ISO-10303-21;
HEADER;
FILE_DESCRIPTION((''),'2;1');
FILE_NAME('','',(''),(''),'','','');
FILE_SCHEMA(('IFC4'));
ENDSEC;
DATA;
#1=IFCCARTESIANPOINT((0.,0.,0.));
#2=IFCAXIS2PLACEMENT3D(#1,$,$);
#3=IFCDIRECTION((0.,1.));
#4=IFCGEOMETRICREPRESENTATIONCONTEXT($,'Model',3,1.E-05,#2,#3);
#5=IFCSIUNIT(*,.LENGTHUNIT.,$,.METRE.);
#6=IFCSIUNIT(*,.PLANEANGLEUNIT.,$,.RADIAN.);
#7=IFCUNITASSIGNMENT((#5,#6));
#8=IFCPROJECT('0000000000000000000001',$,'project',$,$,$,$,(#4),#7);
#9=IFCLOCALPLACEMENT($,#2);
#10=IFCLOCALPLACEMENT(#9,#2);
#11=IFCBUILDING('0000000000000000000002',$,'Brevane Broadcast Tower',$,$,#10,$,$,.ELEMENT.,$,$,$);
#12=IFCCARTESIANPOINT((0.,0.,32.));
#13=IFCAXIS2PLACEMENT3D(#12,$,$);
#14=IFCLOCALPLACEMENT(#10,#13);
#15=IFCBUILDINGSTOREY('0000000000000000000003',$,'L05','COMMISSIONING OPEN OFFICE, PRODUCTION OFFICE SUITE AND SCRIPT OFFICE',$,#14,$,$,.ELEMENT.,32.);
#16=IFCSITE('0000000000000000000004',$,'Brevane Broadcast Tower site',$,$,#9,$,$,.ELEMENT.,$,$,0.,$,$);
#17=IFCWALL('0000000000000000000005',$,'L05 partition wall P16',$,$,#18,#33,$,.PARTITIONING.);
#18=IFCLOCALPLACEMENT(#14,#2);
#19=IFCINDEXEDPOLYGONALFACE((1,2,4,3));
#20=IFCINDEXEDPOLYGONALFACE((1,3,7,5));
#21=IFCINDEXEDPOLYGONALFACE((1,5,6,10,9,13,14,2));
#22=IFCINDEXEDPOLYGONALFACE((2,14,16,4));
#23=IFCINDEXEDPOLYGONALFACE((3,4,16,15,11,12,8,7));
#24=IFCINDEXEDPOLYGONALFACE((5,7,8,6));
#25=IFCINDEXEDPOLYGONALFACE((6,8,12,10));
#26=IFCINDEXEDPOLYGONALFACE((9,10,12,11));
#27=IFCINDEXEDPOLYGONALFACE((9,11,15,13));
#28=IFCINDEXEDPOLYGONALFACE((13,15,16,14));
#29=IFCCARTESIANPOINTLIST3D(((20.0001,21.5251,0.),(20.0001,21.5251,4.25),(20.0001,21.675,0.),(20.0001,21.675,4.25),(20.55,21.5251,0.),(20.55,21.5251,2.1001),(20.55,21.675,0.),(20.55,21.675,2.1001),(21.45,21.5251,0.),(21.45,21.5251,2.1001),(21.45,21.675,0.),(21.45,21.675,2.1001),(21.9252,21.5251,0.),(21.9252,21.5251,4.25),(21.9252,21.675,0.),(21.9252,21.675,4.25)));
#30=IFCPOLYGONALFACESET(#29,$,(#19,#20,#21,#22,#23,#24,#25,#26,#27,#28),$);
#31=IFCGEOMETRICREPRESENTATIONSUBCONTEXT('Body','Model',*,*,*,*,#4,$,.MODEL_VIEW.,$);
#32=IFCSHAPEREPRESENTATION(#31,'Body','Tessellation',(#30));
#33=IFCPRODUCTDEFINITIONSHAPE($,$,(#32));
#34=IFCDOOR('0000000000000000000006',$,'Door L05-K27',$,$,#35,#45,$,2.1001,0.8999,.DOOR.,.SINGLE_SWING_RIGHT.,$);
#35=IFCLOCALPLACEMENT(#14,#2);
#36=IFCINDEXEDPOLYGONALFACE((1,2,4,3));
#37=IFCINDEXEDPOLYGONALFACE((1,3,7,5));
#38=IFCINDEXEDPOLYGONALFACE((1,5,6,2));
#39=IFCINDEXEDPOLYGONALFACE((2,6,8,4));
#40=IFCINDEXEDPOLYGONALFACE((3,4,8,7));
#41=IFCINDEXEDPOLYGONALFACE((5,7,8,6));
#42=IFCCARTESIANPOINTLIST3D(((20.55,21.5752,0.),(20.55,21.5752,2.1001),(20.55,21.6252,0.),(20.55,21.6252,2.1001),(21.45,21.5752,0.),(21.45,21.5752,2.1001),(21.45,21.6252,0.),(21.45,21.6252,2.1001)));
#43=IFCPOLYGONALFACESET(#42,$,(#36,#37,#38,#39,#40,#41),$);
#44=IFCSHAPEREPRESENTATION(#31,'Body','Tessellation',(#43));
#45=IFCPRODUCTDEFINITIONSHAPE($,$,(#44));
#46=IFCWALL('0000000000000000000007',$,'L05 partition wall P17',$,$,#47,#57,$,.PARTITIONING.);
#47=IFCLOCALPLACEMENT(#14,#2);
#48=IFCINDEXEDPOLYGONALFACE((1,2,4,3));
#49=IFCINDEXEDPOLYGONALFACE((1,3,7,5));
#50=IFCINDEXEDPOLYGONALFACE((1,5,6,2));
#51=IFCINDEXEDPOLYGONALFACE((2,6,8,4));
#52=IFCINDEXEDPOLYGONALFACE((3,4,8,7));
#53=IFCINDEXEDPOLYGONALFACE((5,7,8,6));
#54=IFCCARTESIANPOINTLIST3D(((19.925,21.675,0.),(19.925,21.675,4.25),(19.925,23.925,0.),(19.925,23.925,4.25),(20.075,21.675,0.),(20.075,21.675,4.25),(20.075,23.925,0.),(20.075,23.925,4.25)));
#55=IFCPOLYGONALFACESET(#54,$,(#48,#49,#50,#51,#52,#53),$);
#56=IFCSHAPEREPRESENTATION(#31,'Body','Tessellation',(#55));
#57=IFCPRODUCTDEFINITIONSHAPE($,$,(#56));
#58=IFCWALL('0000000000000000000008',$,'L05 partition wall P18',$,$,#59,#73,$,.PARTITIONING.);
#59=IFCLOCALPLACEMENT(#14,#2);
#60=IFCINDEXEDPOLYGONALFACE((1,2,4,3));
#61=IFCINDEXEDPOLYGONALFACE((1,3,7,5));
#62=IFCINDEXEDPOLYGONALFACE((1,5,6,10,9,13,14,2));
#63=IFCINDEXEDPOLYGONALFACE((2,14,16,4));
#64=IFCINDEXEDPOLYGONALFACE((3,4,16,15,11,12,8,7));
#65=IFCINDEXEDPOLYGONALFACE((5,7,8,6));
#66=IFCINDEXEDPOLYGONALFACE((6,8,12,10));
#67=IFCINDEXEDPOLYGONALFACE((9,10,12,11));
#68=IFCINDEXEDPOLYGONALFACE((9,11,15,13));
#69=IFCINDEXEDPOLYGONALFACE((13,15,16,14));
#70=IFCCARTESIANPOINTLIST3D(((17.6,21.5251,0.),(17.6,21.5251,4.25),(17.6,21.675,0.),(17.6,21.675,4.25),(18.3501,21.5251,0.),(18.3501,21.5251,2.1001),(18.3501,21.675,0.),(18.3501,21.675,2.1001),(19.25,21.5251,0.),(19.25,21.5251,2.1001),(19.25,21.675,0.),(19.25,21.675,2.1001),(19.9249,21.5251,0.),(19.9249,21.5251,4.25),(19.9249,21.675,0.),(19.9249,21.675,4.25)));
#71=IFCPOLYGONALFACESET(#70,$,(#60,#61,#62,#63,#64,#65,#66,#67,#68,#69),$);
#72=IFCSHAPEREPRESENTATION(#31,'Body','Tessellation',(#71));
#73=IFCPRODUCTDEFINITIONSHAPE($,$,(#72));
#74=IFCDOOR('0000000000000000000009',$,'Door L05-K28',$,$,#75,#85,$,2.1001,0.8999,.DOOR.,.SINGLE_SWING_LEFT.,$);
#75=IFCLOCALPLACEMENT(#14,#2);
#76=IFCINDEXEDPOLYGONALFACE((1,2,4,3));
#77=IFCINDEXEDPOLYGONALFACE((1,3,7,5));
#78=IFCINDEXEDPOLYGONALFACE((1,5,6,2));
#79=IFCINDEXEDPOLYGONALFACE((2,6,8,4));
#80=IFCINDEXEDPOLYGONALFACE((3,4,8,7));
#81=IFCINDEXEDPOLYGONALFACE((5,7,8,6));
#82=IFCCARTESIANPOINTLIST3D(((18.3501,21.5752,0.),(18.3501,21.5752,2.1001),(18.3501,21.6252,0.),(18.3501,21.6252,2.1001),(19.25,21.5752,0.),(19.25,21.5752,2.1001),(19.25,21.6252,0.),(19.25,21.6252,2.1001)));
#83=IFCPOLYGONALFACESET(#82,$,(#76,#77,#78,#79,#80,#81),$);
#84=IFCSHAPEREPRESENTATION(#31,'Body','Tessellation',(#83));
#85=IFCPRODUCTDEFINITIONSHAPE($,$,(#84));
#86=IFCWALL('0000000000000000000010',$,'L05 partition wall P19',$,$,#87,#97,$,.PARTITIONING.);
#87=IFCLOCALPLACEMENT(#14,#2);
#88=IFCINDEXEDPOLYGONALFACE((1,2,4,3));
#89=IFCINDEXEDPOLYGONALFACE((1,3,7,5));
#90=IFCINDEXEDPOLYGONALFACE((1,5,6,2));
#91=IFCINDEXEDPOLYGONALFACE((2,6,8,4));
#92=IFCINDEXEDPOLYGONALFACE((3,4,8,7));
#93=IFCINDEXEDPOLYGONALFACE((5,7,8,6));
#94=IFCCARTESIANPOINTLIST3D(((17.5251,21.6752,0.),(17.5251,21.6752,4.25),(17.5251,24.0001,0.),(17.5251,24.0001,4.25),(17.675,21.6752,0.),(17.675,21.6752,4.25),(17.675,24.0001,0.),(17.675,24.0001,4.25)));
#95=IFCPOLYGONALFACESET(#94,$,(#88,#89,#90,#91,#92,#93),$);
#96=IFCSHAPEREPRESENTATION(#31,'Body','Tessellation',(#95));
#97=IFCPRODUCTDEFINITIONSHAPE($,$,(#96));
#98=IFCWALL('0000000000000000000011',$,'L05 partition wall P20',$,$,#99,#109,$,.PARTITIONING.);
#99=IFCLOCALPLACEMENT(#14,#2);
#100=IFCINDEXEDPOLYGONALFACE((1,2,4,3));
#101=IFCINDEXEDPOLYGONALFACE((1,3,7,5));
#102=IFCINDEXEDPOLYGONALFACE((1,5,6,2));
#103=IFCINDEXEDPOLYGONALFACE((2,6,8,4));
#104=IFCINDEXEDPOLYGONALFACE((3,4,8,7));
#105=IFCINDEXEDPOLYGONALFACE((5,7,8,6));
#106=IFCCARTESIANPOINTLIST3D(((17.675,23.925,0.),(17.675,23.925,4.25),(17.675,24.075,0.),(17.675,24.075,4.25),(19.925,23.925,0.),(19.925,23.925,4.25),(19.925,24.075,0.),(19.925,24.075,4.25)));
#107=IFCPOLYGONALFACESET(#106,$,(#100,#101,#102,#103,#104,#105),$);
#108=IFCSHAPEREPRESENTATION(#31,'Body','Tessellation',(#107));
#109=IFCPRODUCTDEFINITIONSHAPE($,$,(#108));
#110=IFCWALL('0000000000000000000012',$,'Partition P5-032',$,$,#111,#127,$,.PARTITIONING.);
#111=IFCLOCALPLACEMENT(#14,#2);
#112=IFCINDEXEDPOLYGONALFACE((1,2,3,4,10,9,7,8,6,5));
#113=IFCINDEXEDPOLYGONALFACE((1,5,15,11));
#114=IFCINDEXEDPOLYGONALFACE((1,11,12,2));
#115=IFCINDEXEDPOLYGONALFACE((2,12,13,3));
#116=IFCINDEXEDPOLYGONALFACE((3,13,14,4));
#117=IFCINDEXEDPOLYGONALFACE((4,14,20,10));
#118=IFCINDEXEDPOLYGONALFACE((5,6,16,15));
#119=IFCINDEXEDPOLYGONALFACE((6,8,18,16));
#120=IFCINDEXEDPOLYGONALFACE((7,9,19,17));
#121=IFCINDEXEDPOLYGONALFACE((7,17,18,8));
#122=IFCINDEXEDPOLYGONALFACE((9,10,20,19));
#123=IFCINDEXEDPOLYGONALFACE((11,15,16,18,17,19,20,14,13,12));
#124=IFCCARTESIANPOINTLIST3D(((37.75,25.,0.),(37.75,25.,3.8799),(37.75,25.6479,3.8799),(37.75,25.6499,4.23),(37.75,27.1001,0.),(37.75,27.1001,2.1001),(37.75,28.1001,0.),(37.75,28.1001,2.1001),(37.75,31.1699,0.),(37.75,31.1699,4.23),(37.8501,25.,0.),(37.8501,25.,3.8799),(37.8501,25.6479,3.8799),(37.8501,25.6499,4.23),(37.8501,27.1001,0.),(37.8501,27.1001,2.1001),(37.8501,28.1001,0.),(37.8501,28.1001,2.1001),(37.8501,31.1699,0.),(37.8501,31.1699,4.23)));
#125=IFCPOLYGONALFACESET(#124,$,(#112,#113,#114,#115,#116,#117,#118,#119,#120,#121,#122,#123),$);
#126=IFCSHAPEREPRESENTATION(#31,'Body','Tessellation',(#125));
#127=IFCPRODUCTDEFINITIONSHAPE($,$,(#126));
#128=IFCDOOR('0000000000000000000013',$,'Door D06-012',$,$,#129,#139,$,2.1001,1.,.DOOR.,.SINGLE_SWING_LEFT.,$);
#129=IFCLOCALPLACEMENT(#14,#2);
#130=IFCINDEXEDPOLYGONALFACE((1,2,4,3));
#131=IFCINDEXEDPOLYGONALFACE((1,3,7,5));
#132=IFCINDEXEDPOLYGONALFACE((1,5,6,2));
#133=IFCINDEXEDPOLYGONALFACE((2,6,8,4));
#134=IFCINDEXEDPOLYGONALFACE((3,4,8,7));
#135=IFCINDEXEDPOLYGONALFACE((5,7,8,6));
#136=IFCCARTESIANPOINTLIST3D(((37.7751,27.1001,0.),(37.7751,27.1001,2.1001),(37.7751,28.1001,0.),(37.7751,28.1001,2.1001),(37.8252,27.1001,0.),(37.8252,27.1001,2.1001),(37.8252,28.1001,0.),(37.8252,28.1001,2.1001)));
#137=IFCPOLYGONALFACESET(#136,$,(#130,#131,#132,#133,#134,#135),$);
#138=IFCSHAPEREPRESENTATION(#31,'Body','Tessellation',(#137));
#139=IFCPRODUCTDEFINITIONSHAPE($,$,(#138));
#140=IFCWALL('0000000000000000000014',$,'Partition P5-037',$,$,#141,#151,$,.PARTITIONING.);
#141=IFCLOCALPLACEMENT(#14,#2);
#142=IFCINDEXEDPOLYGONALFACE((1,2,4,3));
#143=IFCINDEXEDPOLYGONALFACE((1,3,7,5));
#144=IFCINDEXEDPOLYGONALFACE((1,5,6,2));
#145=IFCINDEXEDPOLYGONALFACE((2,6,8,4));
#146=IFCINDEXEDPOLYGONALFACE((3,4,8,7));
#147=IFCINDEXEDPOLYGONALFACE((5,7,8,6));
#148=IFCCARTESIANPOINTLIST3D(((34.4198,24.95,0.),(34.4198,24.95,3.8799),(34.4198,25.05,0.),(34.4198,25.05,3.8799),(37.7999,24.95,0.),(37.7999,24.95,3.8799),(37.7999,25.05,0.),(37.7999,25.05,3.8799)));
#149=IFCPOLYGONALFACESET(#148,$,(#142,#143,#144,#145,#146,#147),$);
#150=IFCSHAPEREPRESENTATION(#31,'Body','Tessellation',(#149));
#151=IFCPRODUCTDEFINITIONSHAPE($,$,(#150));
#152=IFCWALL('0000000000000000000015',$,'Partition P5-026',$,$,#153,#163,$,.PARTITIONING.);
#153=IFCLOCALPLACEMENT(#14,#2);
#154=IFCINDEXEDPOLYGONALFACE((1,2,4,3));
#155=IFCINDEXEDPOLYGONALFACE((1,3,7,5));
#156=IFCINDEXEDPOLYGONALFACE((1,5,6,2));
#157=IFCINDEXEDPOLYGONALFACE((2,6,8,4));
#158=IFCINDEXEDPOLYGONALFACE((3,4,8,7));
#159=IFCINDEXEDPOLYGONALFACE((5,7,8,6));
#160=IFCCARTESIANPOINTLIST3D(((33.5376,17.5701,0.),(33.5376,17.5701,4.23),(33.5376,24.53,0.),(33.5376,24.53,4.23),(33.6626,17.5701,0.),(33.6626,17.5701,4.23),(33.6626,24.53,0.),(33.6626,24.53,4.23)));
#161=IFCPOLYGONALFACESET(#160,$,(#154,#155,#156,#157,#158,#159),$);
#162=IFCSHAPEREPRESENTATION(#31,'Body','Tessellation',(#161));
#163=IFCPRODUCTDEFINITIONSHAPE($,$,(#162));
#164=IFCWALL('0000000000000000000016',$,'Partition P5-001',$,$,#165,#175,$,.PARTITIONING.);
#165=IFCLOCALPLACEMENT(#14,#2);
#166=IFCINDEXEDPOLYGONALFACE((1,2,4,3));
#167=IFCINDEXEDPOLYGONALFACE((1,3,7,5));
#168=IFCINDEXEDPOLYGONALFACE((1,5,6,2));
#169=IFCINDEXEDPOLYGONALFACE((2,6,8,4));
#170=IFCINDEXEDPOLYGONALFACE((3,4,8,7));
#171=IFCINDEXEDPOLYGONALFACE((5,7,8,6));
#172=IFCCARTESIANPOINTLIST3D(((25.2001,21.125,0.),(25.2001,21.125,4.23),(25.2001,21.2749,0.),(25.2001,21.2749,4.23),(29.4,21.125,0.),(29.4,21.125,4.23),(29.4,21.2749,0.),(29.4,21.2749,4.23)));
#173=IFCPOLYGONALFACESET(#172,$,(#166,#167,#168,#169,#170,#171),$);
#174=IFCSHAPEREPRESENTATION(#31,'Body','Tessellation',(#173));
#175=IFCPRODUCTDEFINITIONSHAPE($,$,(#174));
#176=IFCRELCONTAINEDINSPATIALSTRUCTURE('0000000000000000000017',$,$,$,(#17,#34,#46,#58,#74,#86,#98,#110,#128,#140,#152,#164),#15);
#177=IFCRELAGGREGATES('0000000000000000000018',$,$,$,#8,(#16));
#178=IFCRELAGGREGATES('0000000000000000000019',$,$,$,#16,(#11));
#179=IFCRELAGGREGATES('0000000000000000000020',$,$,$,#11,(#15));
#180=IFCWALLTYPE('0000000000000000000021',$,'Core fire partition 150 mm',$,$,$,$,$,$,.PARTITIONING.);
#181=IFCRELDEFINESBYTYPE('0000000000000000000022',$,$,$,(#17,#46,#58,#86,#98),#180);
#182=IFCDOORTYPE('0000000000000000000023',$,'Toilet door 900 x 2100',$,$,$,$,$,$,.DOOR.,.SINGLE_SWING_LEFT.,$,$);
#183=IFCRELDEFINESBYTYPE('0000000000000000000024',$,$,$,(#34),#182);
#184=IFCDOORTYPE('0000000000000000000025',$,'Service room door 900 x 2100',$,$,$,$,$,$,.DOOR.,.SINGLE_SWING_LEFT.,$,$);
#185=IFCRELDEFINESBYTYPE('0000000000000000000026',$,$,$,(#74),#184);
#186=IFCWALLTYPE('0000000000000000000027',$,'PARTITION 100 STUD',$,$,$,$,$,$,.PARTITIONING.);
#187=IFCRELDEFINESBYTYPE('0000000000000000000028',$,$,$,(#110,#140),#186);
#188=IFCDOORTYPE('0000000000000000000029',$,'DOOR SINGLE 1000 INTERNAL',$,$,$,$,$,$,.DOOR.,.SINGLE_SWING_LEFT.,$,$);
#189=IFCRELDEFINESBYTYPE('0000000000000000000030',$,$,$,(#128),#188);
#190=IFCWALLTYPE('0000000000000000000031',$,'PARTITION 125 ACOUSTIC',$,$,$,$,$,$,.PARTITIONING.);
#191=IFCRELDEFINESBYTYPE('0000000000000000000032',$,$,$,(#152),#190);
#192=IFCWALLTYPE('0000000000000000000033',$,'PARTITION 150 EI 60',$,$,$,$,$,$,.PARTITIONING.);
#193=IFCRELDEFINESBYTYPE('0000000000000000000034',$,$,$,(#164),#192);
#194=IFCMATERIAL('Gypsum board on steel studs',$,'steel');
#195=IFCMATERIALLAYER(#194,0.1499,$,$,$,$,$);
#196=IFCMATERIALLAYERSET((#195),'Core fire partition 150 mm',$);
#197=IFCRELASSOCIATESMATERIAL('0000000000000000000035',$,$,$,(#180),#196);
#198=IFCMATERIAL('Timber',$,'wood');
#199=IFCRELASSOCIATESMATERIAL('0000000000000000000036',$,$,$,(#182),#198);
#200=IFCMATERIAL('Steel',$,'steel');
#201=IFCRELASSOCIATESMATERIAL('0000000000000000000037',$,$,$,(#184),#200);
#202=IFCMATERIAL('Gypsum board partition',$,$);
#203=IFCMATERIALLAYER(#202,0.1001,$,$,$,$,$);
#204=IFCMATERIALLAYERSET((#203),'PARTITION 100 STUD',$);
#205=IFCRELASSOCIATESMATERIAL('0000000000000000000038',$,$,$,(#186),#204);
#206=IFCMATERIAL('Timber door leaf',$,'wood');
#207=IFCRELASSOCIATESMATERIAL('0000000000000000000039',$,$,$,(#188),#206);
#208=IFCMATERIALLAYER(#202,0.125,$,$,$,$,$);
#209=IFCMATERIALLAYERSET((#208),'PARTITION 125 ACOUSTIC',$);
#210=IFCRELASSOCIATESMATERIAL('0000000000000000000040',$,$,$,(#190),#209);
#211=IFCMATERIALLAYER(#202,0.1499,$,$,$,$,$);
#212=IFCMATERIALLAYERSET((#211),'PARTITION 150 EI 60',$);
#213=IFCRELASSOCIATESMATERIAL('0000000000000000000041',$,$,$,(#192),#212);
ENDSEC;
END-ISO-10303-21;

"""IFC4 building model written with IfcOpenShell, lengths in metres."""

from ifc_helpers import new_model, si_unit, direction, frame, frame_2d, origin, place, context, subcontext, project, spatial, polyline, rectangle, outline, extrude, material, layer, layer_set, type_object, element, fill, save


model = new_model("IFC4")

# Units and contexts
model_context = context("Model", 3, precision=1e-05, world=origin(), true_north=direction((0.0, 1.0)))
body_context = subcontext(model_context, "Body", "Model", "MODEL_VIEW")
ifc_project = project(units=[si_unit("LENGTHUNIT", "METRE"), si_unit("PLANEANGLEUNIT", "RADIAN")], contexts=[model_context])

# Site, building, storey
site_placement = place(None, origin())
site = spatial("IfcSite", under=ifc_project, at=site_placement, Name="Brevane Broadcast Tower site", CompositionType="ELEMENT", RefElevation=0.0)
building_placement = place(site_placement, origin())
building = spatial("IfcBuilding", under=site, at=building_placement, Name="Brevane Broadcast Tower", CompositionType="ELEMENT")
storey_placement = place(building_placement, frame((0.0, 0.0, 32.0)))
storey = spatial("IfcBuildingStorey", under=building, at=storey_placement, Name="L05", Description="COMMISSIONING OPEN OFFICE, PRODUCTION OFFICE SUITE AND SCRIPT OFFICE", CompositionType="ELEMENT", Elevation=32.0)

# Shared definitions
ifc_material_1 = material(Name="Gypsum board on steel studs", Category="steel")
ifc_layer_1 = layer(ifc_material_1, 0.1499)
ifc_layer_set_1 = layer_set([ifc_layer_1], Name="Core fire partition 150 mm")
wall_type_1 = type_object("IfcWallType", Name="Core fire partition 150 mm", PredefinedType="PARTITIONING", material=ifc_layer_set_1)

# Wall, opening, door
wall_1_placement = place(storey_placement, frame((21.925, 21.6001, 0.0), z_axis=(0.0, 0.0, 1.0), x_axis=(-1.0, 0.0, 0.0)))
wall_1 = element("IfcWall", 1, at=wall_1_placement, inside=storey, type_object=wall_type_1, Name="L05 partition wall P16", PredefinedType="PARTITIONING", context=body_context, shape_type="SweptSolid", body=[
    extrude(rectangle(XDim=1.925, YDim=0.1499, at=frame_2d((0.9624, 0.0))), origin(), (0.0, 0.0, 1.0), 4.25),
])
opening_1_placement = place(wall_1_placement, frame((0.4751, 0.0, 0.0)))
opening_1 = element("IfcOpeningElement", 2, at=opening_1_placement, cuts=wall_1, PredefinedType="OPENING", context=body_context, shape_type="SweptSolid", body=[
    extrude(rectangle(XDim=0.8999, YDim=2.1001, at=frame_2d((0.45, 1.05))), frame((0.0, 0.085, 0.0), z_axis=(0.0, -1.0, 0.0), x_axis=(1.0, 0.0, 0.0)), (0.0, 0.0, 1.0), 0.1699),
])
ifc_material_2 = material(Name="Timber", Category="wood")
door_type_1 = type_object("IfcDoorType", Name="Toilet door 900 x 2100", OperationType="SINGLE_SWING_LEFT", PredefinedType="DOOR", material=ifc_material_2)
door_1_placement = place(opening_1_placement, origin())
door_1 = element("IfcDoor", 3, at=door_1_placement, inside=storey, type_object=door_type_1, Name="Door L05-K27", OperationType="SINGLE_SWING_RIGHT", OverallHeight=2.1001, OverallWidth=0.8999, PredefinedType="DOOR", context=body_context, shape_type="SweptSolid", body=[
    extrude(rectangle(XDim=0.8999, YDim=2.1001, at=frame_2d((0.45, 1.05))), frame((0.0, 0.0249, 0.0), z_axis=(0.0, -1.0, 0.0), x_axis=(1.0, 0.0, 0.0)), (0.0, 0.0, 1.0), 0.05),
])
fill(opening_1, door_1)

# Wall
wall_2_placement = place(storey_placement, frame((20.0, 21.675, 0.0), z_axis=(0.0, 0.0, 1.0), x_axis=(0.0, 1.0, 0.0)))
element("IfcWall", 4, at=wall_2_placement, inside=storey, type_object=wall_type_1, Name="L05 partition wall P17", PredefinedType="PARTITIONING", context=body_context, shape_type="SweptSolid", body=[
    extrude(rectangle(XDim=2.25, YDim=0.1499, at=frame_2d((1.125, 0.0))), origin(), (0.0, 0.0, 1.0), 4.25),
])

# Wall, opening, door
wall_3_placement = place(storey_placement, frame((19.925, 21.6001, 0.0), z_axis=(0.0, 0.0, 1.0), x_axis=(-1.0, 0.0, 0.0)))
wall_3 = element("IfcWall", 5, at=wall_3_placement, inside=storey, type_object=wall_type_1, Name="L05 partition wall P18", PredefinedType="PARTITIONING", context=body_context, shape_type="SweptSolid", body=[
    extrude(rectangle(XDim=2.325, YDim=0.1499, at=frame_2d((1.1626, 0.0))), origin(), (0.0, 0.0, 1.0), 4.25),
])
opening_2_placement = place(wall_3_placement, frame((0.675, 0.0, 0.0)))
opening_2 = element("IfcOpeningElement", 6, at=opening_2_placement, cuts=wall_3, PredefinedType="OPENING", context=body_context, shape_type="SweptSolid", body=[
    extrude(rectangle(XDim=0.8999, YDim=2.1001, at=frame_2d((0.45, 1.05))), frame((0.0, 0.085, 0.0), z_axis=(0.0, -1.0, 0.0), x_axis=(1.0, 0.0, 0.0)), (0.0, 0.0, 1.0), 0.1699),
])
ifc_material_3 = material(Name="Steel", Category="steel")
door_type_2 = type_object("IfcDoorType", Name="Service room door 900 x 2100", OperationType="SINGLE_SWING_LEFT", PredefinedType="DOOR", material=ifc_material_3)
door_2_placement = place(opening_2_placement, origin())
door_2 = element("IfcDoor", 7, at=door_2_placement, inside=storey, type_object=door_type_2, Name="Door L05-K28", OperationType="SINGLE_SWING_LEFT", OverallHeight=2.1001, OverallWidth=0.8999, PredefinedType="DOOR", context=body_context, shape_type="SweptSolid", body=[
    extrude(rectangle(XDim=0.8999, YDim=2.1001, at=frame_2d((0.45, 1.05))), frame((0.0, 0.0249, 0.0), z_axis=(0.0, -1.0, 0.0), x_axis=(1.0, 0.0, 0.0)), (0.0, 0.0, 1.0), 0.05),
])
fill(opening_2, door_2)

# Walls
wall_4_placement = place(storey_placement, frame((17.6001, 21.675, 0.0), z_axis=(0.0, 0.0, 1.0), x_axis=(0.0, 1.0, 0.0)))
element("IfcWall", 8, at=wall_4_placement, inside=storey, type_object=wall_type_1, Name="L05 partition wall P19", PredefinedType="PARTITIONING", context=body_context, shape_type="SweptSolid", body=[
    extrude(rectangle(XDim=2.325, YDim=0.1499, at=frame_2d((1.1626, 0.0))), origin(), (0.0, 0.0, 1.0), 4.25),
])
wall_5_placement = place(storey_placement, frame((17.675, 24.0, 0.0), z_axis=(0.0, 0.0, 1.0), x_axis=(1.0, 0.0, 0.0)))
element("IfcWall", 9, at=wall_5_placement, inside=storey, type_object=wall_type_1, Name="L05 partition wall P20", PredefinedType="PARTITIONING", context=body_context, shape_type="SweptSolid", body=[
    extrude(rectangle(XDim=2.25, YDim=0.1499, at=frame_2d((1.125, 0.0))), origin(), (0.0, 0.0, 1.0), 4.25),
])

# Wall, opening, door
ifc_material_4 = material(Name="Gypsum board partition")
ifc_layer_2 = layer(ifc_material_4, 0.1001)
ifc_layer_set_2 = layer_set([ifc_layer_2], Name="PARTITION 100 STUD")
wall_type_2 = type_object("IfcWallType", Name="PARTITION 100 STUD", PredefinedType="PARTITIONING", material=ifc_layer_set_2)
wall_6_placement = place(storey_placement, frame((37.8, 25.0, 0.0), z_axis=(0.0, 0.0, 1.0), x_axis=(0.0, 1.0, 0.0)))
wall_6 = element("IfcWall", 10, at=wall_6_placement, inside=storey, type_object=wall_type_2, Name="Partition P5-032", PredefinedType="PARTITIONING", context=body_context, shape_type="SweptSolid", body=[
    extrude(outline(polyline([(0.0, 0.0), (6.1699, 0.0), (6.1699, 4.23), (5.2427, 4.23), (0.6499, 4.23), (0.6479, 3.8799), (0.0, 3.8799), (0.0, 0.0)])), frame((0.0, 0.05, 0.0), z_axis=(0.0, -1.0, 0.0), x_axis=(1.0, 0.0, 0.0)), (0.0, 0.0, 1.0), 0.1001),
])
opening_3_placement = place(wall_6_placement, frame((2.1001, 0.0, 0.0)))
opening_3 = element("IfcOpeningElement", 11, at=opening_3_placement, cuts=wall_6, PredefinedType="OPENING", context=body_context, shape_type="SweptSolid", body=[
    extrude(rectangle(XDim=1.0, YDim=2.1001, at=frame_2d((0.5, 1.05))), frame((0.0, 0.0601, 0.0), z_axis=(0.0, -1.0, 0.0), x_axis=(1.0, 0.0, 0.0)), (0.0, 0.0, 1.0), 0.1201),
])
ifc_material_5 = material(Name="Timber door leaf", Category="wood")
door_type_3 = type_object("IfcDoorType", Name="DOOR SINGLE 1000 INTERNAL", OperationType="SINGLE_SWING_LEFT", PredefinedType="DOOR", material=ifc_material_5)
door_3_placement = place(opening_3_placement, origin())
door_3 = element("IfcDoor", 12, at=door_3_placement, inside=storey, type_object=door_type_3, Name="Door D06-012", OperationType="SINGLE_SWING_LEFT", OverallHeight=2.1001, OverallWidth=1.0, PredefinedType="DOOR", context=body_context, shape_type="SweptSolid", body=[
    extrude(rectangle(XDim=1.0, YDim=2.1001, at=frame_2d((0.5, 1.05))), frame((0.0, 0.0249, 0.0), z_axis=(0.0, -1.0, 0.0), x_axis=(1.0, 0.0, 0.0)), (0.0, 0.0, 1.0), 0.05),
])
fill(opening_3, door_3)

# Walls
wall_7_placement = place(storey_placement, frame((34.4199, 25.0, 0.0), z_axis=(0.0, 0.0, 1.0), x_axis=(1.0, 0.0, 0.0)))
element("IfcWall", 13, at=wall_7_placement, inside=storey, type_object=wall_type_2, Name="Partition P5-037", PredefinedType="PARTITIONING", context=body_context, shape_type="SweptSolid", body=[
    extrude(rectangle(XDim=3.3801, YDim=0.1001, at=frame_2d((1.6899, 0.0))), origin(), (0.0, 0.0, 1.0), 3.8799),
])
ifc_layer_3 = layer(ifc_material_4, 0.125)
ifc_layer_set_3 = layer_set([ifc_layer_3], Name="PARTITION 125 ACOUSTIC")
wall_type_3 = type_object("IfcWallType", Name="PARTITION 125 ACOUSTIC", PredefinedType="PARTITIONING", material=ifc_layer_set_3)
wall_8_placement = place(storey_placement, frame((33.6001, 24.53, 0.0), z_axis=(0.0, 0.0, 1.0), x_axis=(0.0, -1.0, 0.0)))
element("IfcWall", 14, at=wall_8_placement, inside=storey, type_object=wall_type_3, Name="Partition P5-026", PredefinedType="PARTITIONING", context=body_context, shape_type="SweptSolid", body=[
    extrude(rectangle(XDim=6.96, YDim=0.125, at=frame_2d((3.48, 0.0))), origin(), (0.0, 0.0, 1.0), 4.23),
])
ifc_layer_4 = layer(ifc_material_4, 0.1499)
ifc_layer_set_4 = layer_set([ifc_layer_4], Name="PARTITION 150 EI 60")
wall_type_4 = type_object("IfcWallType", Name="PARTITION 150 EI 60", PredefinedType="PARTITIONING", material=ifc_layer_set_4)
wall_9_placement = place(storey_placement, frame((25.2, 21.2, 0.0), z_axis=(0.0, 0.0, 1.0), x_axis=(1.0, 0.0, 0.0)))
element("IfcWall", 15, at=wall_9_placement, inside=storey, type_object=wall_type_4, Name="Partition P5-001", PredefinedType="PARTITIONING", context=body_context, shape_type="SweptSolid", body=[
    extrude(rectangle(XDim=4.2, YDim=0.1499, at=frame_2d((2.1001, 0.0))), origin(), (0.0, 0.0, 1.0), 4.23),
])

save(model, "model.ifc")
